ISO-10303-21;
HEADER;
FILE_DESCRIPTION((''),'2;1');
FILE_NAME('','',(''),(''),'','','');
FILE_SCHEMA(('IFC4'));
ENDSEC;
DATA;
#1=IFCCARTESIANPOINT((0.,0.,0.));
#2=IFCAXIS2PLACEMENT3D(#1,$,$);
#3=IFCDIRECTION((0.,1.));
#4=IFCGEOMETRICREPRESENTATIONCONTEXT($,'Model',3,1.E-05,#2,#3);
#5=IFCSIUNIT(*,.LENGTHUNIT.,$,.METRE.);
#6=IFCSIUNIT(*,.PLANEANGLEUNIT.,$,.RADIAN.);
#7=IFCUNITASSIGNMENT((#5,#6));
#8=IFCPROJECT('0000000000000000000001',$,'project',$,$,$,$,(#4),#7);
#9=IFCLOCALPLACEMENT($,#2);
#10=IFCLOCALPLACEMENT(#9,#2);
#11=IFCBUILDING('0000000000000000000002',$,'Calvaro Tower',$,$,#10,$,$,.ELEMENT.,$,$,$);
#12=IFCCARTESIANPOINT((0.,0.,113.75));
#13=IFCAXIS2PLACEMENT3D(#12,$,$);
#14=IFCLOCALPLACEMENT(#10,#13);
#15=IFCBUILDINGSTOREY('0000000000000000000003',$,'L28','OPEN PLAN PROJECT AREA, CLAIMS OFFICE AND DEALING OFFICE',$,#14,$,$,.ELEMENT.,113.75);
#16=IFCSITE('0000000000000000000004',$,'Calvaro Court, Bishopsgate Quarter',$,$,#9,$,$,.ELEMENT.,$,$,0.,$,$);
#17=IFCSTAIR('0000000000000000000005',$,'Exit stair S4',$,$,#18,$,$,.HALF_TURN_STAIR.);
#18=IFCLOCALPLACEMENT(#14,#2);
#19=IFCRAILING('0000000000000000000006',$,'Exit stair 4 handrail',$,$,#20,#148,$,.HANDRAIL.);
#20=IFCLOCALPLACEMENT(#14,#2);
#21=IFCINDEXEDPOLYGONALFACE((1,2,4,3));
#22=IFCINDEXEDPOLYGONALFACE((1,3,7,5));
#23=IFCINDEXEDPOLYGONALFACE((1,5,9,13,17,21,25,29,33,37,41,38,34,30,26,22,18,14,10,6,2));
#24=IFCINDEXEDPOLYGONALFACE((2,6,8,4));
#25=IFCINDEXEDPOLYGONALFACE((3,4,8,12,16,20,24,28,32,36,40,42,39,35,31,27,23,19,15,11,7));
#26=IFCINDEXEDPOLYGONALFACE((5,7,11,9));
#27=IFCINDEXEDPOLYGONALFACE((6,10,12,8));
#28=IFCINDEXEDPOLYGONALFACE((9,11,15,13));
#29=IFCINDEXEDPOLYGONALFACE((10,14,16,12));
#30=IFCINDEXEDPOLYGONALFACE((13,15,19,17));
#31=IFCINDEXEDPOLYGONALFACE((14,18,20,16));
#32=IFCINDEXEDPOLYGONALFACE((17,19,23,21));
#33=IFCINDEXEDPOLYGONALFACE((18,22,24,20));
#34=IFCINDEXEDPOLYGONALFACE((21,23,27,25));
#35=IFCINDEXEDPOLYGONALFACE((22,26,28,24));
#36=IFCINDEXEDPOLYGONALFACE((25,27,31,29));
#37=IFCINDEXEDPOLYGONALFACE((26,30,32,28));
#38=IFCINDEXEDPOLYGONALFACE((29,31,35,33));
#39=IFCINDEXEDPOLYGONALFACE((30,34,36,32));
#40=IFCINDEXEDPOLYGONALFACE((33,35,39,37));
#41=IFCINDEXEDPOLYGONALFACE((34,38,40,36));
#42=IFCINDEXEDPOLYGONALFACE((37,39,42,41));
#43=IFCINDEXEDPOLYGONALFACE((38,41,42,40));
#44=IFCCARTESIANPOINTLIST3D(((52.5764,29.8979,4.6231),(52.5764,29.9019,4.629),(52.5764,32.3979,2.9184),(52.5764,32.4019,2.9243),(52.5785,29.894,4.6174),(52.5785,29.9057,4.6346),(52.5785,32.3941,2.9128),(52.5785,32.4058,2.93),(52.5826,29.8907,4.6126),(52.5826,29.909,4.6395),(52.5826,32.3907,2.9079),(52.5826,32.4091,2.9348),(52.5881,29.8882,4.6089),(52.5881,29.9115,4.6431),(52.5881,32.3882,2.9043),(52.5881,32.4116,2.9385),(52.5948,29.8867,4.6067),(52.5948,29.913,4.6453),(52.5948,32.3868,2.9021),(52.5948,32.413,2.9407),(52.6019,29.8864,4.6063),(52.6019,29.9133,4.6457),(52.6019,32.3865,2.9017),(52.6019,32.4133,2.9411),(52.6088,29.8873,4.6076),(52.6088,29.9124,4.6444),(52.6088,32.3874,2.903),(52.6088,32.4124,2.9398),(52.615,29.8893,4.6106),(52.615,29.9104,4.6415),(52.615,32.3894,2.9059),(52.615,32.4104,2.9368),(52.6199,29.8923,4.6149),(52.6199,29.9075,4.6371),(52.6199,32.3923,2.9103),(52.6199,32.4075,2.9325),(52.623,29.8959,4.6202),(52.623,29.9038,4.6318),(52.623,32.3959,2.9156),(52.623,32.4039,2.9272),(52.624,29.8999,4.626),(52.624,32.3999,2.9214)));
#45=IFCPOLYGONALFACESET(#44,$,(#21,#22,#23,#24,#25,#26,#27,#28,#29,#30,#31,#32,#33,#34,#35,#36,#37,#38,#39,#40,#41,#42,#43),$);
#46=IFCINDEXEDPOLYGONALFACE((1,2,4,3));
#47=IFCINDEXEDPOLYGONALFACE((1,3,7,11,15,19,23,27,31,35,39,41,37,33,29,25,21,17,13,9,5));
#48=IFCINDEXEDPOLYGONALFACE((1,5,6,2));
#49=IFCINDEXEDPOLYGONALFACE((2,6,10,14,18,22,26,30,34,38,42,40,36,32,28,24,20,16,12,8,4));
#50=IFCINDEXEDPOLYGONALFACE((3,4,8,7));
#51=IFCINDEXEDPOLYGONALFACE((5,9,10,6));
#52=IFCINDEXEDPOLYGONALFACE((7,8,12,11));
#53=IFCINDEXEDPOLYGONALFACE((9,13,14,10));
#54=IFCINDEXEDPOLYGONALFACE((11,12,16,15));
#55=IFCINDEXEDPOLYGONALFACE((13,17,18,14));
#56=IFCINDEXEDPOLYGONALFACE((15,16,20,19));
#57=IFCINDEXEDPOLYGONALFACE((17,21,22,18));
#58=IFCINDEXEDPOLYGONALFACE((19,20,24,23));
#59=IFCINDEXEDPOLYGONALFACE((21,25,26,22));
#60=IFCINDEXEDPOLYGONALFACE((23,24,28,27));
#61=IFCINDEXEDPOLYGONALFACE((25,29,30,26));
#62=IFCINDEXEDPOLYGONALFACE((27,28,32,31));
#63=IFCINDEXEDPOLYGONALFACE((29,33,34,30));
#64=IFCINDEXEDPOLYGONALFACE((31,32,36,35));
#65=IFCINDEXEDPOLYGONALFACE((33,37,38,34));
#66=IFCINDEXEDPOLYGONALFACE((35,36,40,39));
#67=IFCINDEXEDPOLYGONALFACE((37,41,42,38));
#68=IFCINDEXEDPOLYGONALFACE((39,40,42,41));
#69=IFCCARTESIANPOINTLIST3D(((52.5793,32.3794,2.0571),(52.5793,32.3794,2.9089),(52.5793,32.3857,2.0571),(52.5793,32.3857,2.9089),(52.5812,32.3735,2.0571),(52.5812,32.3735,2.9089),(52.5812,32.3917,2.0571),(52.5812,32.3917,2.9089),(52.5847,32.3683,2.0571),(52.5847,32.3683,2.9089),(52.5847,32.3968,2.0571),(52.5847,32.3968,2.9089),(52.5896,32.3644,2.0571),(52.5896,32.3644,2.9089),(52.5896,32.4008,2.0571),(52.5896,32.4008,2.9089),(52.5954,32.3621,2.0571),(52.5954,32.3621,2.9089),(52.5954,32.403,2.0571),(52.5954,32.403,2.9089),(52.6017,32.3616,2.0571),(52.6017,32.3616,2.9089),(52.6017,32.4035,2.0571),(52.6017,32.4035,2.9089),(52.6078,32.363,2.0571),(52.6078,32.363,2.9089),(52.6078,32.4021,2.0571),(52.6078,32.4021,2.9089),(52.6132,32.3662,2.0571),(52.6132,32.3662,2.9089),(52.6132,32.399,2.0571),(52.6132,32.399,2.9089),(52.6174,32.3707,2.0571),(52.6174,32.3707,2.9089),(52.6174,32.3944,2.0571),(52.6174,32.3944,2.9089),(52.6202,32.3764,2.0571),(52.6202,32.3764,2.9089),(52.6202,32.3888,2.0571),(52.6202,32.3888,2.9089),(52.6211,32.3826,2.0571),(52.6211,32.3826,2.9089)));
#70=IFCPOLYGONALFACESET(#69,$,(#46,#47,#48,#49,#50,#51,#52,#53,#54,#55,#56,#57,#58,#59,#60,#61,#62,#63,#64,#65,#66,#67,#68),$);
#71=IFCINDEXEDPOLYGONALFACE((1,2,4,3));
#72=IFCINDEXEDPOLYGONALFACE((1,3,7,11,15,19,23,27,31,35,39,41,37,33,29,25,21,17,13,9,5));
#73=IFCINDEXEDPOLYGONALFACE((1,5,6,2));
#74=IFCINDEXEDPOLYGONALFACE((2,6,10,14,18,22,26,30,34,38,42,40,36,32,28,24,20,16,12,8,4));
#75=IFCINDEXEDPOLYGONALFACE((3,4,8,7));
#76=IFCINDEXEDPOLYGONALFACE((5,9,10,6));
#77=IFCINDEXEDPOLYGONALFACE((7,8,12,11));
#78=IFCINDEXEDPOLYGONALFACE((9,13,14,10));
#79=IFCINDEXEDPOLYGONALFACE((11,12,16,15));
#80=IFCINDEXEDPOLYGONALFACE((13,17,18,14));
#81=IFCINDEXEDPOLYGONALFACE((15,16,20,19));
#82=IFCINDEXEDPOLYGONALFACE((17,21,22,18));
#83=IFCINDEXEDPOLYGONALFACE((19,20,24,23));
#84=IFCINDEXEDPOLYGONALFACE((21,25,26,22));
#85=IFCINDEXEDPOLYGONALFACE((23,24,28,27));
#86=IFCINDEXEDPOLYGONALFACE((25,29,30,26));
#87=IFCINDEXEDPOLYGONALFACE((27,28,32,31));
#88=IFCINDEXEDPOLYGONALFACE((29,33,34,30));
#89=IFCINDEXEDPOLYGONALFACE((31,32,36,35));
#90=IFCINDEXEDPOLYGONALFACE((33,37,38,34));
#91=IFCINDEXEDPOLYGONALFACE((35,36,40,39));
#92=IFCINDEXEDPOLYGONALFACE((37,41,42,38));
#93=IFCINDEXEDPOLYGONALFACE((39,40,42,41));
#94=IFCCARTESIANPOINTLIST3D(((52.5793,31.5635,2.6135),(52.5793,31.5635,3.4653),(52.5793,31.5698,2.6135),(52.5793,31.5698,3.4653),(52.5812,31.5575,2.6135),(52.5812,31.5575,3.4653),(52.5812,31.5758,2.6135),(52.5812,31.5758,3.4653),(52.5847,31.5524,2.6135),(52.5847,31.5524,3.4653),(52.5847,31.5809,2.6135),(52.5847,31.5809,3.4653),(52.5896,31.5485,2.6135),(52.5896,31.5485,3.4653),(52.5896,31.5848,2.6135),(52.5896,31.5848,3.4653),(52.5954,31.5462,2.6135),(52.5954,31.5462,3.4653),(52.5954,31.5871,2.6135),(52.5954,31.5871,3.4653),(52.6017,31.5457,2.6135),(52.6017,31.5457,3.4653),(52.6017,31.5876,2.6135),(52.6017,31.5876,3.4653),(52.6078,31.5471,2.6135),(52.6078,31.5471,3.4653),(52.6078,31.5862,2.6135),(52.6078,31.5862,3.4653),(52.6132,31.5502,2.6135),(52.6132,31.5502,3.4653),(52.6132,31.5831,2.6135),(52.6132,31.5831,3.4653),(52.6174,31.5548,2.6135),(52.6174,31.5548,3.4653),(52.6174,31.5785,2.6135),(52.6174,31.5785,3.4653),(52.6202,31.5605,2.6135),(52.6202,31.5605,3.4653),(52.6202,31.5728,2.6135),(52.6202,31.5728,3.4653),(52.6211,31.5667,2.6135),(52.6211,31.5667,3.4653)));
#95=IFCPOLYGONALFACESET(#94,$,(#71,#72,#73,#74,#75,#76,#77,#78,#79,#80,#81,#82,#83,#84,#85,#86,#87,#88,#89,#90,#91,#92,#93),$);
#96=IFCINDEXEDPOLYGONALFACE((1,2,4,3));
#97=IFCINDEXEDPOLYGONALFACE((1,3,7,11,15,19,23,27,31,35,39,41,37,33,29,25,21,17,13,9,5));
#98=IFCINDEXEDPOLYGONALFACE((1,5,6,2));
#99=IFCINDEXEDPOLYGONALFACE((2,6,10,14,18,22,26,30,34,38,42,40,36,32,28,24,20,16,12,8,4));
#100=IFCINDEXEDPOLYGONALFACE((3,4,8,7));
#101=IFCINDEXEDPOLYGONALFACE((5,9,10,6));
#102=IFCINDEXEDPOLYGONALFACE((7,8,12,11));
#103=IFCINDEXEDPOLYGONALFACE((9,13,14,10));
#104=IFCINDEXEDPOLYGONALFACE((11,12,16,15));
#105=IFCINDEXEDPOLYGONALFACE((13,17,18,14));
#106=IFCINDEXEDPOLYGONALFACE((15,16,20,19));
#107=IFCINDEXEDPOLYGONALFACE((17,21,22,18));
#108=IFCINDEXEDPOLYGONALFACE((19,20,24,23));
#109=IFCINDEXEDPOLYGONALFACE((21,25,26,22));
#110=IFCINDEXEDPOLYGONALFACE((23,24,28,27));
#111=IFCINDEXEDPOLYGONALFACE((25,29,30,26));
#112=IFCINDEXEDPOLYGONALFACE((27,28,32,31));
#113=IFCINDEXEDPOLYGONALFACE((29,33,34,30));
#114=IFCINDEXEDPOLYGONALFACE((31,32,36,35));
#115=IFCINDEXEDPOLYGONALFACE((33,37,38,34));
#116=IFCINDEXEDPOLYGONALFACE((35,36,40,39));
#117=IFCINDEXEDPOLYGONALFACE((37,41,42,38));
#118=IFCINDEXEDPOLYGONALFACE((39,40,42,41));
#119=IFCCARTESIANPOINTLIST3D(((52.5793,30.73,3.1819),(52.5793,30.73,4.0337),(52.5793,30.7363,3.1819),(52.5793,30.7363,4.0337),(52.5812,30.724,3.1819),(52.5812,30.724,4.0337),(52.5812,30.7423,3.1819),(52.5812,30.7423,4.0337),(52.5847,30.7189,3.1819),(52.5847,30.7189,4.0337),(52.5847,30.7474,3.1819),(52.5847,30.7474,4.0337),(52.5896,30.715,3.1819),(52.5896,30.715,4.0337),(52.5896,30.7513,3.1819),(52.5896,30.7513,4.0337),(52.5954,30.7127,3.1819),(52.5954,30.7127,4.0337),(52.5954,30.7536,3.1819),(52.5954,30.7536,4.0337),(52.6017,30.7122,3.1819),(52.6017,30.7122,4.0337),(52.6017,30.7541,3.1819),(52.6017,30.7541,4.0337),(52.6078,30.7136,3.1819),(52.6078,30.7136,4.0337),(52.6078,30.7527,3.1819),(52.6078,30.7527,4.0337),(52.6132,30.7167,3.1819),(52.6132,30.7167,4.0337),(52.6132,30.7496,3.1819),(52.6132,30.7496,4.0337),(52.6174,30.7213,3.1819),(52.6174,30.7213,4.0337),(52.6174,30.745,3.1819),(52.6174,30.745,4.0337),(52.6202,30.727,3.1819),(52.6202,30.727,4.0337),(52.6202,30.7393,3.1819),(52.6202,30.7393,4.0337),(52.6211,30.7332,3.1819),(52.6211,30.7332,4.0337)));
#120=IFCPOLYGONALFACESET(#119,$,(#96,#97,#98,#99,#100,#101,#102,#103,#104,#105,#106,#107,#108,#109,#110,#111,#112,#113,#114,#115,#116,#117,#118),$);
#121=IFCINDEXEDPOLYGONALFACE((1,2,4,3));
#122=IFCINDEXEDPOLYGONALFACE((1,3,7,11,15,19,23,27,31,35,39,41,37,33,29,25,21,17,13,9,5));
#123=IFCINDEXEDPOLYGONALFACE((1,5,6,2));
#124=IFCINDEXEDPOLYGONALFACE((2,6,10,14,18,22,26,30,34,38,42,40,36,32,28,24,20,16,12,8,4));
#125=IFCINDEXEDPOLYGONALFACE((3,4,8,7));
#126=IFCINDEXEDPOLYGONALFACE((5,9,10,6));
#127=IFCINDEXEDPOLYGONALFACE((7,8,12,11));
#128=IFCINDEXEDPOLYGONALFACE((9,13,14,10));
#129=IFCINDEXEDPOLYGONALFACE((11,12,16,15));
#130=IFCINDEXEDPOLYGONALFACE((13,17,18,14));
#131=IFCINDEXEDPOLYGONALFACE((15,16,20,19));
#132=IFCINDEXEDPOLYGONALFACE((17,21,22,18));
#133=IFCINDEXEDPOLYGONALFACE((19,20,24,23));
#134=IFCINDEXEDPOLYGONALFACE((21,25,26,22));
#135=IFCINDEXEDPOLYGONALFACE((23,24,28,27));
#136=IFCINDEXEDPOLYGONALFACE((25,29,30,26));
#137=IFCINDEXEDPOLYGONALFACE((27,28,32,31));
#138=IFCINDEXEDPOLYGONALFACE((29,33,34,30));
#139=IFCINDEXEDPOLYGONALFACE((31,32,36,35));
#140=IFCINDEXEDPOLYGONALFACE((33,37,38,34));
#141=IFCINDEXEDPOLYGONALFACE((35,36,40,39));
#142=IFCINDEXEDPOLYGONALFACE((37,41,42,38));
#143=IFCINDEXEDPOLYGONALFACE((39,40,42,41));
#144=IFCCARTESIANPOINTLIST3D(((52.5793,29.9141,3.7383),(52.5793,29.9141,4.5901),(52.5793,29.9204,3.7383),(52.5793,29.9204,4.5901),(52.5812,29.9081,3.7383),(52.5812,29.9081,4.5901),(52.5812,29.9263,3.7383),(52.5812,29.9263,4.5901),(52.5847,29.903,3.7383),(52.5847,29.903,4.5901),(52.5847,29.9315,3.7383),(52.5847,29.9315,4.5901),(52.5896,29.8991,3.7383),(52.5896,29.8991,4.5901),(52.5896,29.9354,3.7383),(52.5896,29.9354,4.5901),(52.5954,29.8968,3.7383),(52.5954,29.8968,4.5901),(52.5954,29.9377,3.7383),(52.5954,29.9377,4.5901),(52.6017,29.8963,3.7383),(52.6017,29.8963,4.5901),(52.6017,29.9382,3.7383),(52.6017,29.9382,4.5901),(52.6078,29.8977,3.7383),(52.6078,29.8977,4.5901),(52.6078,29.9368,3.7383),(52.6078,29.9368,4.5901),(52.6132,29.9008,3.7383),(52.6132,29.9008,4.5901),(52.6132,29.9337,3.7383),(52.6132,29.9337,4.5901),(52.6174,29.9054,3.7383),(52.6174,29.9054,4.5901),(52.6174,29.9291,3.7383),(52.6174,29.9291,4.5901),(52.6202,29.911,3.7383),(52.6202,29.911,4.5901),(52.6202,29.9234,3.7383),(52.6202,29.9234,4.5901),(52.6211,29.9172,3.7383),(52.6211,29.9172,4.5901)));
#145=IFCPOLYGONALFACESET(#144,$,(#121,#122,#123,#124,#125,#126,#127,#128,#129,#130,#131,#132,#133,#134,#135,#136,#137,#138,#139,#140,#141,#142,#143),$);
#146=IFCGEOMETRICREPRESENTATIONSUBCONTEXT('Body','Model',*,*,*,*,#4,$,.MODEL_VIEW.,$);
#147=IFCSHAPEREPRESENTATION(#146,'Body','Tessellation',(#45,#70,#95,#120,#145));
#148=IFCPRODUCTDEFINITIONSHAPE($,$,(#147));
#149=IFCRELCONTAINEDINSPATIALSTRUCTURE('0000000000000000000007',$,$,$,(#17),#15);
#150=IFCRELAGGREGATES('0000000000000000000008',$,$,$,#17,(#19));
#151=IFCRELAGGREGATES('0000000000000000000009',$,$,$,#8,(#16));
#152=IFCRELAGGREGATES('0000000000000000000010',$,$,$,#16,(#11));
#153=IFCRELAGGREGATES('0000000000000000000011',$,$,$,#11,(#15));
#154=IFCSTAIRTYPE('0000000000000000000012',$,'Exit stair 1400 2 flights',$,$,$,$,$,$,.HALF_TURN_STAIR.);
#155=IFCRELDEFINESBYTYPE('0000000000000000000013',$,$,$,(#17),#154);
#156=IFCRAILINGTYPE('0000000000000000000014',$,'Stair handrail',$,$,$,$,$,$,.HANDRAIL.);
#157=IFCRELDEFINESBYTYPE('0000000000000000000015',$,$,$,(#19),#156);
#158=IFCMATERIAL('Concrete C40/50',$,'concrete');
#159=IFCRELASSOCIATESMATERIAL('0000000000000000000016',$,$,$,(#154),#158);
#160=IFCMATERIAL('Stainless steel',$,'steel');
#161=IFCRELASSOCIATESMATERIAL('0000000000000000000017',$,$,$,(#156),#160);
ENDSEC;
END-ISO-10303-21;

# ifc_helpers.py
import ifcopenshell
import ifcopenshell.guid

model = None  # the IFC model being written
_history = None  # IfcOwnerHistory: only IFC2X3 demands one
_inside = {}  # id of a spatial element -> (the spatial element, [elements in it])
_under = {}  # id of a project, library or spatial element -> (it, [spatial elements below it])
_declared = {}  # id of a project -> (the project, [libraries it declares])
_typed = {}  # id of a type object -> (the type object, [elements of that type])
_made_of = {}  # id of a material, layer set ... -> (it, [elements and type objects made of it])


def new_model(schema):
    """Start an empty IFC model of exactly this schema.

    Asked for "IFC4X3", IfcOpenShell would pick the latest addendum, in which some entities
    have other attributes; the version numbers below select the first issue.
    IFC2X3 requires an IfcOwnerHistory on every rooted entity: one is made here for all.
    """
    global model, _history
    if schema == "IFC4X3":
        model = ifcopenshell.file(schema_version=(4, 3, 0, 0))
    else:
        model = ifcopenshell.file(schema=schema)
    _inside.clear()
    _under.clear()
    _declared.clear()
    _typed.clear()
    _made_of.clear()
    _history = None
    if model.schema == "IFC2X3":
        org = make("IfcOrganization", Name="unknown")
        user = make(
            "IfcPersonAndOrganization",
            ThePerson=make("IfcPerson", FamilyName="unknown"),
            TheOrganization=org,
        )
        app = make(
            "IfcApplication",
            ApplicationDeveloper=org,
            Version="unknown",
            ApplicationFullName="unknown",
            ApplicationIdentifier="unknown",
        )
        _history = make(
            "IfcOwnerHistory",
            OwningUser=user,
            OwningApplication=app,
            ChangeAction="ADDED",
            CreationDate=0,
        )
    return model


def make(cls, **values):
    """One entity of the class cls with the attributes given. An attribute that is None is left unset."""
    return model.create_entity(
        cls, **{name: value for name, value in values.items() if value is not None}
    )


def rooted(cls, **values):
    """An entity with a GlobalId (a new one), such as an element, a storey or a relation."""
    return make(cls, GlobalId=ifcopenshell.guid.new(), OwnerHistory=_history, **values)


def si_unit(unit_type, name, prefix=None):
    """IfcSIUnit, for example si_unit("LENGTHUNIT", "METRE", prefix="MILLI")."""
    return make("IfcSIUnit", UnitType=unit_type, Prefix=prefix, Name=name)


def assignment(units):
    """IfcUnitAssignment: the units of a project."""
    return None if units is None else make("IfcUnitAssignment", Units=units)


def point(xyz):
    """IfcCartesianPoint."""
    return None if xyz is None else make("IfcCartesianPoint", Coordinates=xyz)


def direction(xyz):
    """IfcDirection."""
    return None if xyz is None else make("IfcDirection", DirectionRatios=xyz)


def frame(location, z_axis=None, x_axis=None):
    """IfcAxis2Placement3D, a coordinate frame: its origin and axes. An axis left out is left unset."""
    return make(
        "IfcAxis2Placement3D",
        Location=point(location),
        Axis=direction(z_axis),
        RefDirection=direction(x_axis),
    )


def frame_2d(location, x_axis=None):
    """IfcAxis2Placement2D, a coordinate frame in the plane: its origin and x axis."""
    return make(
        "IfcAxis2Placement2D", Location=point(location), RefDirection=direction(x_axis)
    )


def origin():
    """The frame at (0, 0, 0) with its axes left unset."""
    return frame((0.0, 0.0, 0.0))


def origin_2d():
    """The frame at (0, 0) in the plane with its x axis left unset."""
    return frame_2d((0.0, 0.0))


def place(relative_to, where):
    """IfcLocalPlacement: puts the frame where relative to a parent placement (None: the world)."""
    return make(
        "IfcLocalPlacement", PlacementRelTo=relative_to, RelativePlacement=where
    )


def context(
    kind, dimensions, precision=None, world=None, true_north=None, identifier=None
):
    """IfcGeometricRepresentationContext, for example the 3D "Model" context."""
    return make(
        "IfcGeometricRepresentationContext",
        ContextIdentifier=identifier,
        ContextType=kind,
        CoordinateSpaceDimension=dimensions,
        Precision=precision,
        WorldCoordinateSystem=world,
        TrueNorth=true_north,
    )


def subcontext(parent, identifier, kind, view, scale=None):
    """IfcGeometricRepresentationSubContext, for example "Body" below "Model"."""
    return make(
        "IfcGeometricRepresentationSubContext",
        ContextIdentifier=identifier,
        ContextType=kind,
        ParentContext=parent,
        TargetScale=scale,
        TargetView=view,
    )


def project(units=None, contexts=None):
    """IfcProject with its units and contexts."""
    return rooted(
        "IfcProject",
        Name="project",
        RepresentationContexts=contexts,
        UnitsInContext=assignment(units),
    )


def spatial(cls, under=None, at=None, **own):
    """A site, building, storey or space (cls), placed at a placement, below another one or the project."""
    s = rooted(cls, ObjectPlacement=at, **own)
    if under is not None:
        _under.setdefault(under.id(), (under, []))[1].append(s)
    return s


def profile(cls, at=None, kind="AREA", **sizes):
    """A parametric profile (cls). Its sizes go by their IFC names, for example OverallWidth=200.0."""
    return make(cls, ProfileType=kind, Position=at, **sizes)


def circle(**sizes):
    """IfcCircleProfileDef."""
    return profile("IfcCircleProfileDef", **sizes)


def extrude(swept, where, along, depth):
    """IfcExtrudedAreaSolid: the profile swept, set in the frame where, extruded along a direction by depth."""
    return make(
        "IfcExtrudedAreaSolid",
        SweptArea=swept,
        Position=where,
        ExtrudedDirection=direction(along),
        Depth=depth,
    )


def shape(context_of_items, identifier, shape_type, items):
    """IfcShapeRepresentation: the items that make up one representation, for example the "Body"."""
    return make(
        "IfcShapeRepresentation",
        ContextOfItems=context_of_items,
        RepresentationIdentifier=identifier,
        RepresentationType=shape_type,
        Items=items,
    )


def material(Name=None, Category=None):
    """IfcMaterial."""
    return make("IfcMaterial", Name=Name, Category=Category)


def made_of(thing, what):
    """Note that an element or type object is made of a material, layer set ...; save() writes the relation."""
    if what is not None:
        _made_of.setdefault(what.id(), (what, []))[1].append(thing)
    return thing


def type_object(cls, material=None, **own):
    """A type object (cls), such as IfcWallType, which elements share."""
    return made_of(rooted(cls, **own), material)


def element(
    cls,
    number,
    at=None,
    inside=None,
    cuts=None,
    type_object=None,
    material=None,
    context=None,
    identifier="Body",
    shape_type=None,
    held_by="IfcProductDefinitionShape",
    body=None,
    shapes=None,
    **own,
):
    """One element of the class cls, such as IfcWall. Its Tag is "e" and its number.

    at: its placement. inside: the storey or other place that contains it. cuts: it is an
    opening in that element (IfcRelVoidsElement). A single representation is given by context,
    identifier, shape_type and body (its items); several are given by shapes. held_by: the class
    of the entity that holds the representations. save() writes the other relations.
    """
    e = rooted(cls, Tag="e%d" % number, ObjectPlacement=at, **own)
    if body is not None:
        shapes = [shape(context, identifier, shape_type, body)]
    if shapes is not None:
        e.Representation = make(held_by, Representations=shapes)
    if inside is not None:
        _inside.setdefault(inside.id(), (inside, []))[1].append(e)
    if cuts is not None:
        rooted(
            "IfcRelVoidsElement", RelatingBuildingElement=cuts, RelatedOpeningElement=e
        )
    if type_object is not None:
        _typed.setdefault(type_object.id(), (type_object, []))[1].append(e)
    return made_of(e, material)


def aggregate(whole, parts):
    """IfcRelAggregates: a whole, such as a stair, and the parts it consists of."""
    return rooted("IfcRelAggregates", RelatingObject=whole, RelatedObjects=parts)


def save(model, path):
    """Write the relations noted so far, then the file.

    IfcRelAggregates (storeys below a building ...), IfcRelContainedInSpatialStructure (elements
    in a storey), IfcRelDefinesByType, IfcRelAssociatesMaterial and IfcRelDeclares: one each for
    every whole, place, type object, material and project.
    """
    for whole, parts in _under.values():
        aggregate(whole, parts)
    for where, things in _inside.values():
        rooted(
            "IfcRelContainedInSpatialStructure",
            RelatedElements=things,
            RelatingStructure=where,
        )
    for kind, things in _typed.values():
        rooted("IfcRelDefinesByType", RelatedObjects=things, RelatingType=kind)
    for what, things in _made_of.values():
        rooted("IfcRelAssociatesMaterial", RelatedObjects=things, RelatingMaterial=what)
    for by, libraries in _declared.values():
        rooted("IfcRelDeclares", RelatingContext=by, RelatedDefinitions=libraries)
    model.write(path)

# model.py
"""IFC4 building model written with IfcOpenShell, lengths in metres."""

from ifc_helpers import new_model, si_unit, direction, frame, origin, origin_2d, place, context, subcontext, project, spatial, circle, extrude, material, type_object, element, aggregate, save


model = new_model("IFC4")

# Units and contexts
model_context = context("Model", 3, precision=1e-05, world=origin(), true_north=direction((0.0, 1.0)))
body_context = subcontext(model_context, "Body", "Model", "MODEL_VIEW")
ifc_project = project(units=[si_unit("LENGTHUNIT", "METRE"), si_unit("PLANEANGLEUNIT", "RADIAN")], contexts=[model_context])

# Site, building, storey
site_placement = place(None, origin())
site = spatial("IfcSite", under=ifc_project, at=site_placement, Name="Calvaro Court, Bishopsgate Quarter", CompositionType="ELEMENT", RefElevation=0.0)
building_placement = place(site_placement, origin())
building = spatial("IfcBuilding", under=site, at=building_placement, Name="Calvaro Tower", CompositionType="ELEMENT")
storey_placement = place(building_placement, frame((0.0, 0.0, 113.75)))
storey = spatial("IfcBuildingStorey", under=building, at=storey_placement, Name="L28", Description="OPEN PLAN PROJECT AREA, CLAIMS OFFICE AND DEALING OFFICE", CompositionType="ELEMENT", Elevation=113.75)

# Stair
ifc_material_1 = material(Name="Concrete C40/50", Category="concrete")
stair_type = type_object("IfcStairType", Name="Exit stair 1400 2 flights", PredefinedType="HALF_TURN_STAIR", material=ifc_material_1)
stair_1_placement = place(storey_placement, origin())
stair_1 = element("IfcStair", 1, at=stair_1_placement, inside=storey, type_object=stair_type, Name="Exit stair S4", PredefinedType="HALF_TURN_STAIR")

# Railing
ifc_material_2 = material(Name="Stainless steel", Category="steel")
railing_type = type_object("IfcRailingType", Name="Stair handrail", PredefinedType="HANDRAIL", material=ifc_material_2)
railing_1_placement = place(storey_placement, frame((52.6001, 32.3999, 2.0454)))
railing_1 = element("IfcRailing", 2, at=railing_1_placement, type_object=railing_type, Name="Exit stair 4 handrail", PredefinedType="HANDRAIL", context=body_context, shape_type="SweptSolid", body=[
    extrude(circle(Radius=0.0239, at=origin_2d()), frame((0.0, 0.0, 0.876), z_axis=(0.0, -0.826221, 0.563347), x_axis=(1.0, 0.0, 0.0)), (0.0, 0.0, 1.0), 3.0259),
    extrude(circle(Radius=0.021, at=origin_2d()), frame((0.0, -0.0173, 0.0117)), (0.0, 0.0, 1.0), 0.8518),
    extrude(circle(Radius=0.021, at=origin_2d()), frame((0.0, -0.8333, 0.5681)), (0.0, 0.0, 1.0), 0.8518),
    extrude(circle(Radius=0.021, at=origin_2d()), frame((0.0, -1.6667, 1.1365)), (0.0, 0.0, 1.0), 0.8518),
    extrude(circle(Radius=0.021, at=origin_2d()), frame((0.0, -2.4827, 1.6929)), (0.0, 0.0, 1.0), 0.8518),
])
aggregate(stair_1, [railing_1])

save(model, "model.ifc")
